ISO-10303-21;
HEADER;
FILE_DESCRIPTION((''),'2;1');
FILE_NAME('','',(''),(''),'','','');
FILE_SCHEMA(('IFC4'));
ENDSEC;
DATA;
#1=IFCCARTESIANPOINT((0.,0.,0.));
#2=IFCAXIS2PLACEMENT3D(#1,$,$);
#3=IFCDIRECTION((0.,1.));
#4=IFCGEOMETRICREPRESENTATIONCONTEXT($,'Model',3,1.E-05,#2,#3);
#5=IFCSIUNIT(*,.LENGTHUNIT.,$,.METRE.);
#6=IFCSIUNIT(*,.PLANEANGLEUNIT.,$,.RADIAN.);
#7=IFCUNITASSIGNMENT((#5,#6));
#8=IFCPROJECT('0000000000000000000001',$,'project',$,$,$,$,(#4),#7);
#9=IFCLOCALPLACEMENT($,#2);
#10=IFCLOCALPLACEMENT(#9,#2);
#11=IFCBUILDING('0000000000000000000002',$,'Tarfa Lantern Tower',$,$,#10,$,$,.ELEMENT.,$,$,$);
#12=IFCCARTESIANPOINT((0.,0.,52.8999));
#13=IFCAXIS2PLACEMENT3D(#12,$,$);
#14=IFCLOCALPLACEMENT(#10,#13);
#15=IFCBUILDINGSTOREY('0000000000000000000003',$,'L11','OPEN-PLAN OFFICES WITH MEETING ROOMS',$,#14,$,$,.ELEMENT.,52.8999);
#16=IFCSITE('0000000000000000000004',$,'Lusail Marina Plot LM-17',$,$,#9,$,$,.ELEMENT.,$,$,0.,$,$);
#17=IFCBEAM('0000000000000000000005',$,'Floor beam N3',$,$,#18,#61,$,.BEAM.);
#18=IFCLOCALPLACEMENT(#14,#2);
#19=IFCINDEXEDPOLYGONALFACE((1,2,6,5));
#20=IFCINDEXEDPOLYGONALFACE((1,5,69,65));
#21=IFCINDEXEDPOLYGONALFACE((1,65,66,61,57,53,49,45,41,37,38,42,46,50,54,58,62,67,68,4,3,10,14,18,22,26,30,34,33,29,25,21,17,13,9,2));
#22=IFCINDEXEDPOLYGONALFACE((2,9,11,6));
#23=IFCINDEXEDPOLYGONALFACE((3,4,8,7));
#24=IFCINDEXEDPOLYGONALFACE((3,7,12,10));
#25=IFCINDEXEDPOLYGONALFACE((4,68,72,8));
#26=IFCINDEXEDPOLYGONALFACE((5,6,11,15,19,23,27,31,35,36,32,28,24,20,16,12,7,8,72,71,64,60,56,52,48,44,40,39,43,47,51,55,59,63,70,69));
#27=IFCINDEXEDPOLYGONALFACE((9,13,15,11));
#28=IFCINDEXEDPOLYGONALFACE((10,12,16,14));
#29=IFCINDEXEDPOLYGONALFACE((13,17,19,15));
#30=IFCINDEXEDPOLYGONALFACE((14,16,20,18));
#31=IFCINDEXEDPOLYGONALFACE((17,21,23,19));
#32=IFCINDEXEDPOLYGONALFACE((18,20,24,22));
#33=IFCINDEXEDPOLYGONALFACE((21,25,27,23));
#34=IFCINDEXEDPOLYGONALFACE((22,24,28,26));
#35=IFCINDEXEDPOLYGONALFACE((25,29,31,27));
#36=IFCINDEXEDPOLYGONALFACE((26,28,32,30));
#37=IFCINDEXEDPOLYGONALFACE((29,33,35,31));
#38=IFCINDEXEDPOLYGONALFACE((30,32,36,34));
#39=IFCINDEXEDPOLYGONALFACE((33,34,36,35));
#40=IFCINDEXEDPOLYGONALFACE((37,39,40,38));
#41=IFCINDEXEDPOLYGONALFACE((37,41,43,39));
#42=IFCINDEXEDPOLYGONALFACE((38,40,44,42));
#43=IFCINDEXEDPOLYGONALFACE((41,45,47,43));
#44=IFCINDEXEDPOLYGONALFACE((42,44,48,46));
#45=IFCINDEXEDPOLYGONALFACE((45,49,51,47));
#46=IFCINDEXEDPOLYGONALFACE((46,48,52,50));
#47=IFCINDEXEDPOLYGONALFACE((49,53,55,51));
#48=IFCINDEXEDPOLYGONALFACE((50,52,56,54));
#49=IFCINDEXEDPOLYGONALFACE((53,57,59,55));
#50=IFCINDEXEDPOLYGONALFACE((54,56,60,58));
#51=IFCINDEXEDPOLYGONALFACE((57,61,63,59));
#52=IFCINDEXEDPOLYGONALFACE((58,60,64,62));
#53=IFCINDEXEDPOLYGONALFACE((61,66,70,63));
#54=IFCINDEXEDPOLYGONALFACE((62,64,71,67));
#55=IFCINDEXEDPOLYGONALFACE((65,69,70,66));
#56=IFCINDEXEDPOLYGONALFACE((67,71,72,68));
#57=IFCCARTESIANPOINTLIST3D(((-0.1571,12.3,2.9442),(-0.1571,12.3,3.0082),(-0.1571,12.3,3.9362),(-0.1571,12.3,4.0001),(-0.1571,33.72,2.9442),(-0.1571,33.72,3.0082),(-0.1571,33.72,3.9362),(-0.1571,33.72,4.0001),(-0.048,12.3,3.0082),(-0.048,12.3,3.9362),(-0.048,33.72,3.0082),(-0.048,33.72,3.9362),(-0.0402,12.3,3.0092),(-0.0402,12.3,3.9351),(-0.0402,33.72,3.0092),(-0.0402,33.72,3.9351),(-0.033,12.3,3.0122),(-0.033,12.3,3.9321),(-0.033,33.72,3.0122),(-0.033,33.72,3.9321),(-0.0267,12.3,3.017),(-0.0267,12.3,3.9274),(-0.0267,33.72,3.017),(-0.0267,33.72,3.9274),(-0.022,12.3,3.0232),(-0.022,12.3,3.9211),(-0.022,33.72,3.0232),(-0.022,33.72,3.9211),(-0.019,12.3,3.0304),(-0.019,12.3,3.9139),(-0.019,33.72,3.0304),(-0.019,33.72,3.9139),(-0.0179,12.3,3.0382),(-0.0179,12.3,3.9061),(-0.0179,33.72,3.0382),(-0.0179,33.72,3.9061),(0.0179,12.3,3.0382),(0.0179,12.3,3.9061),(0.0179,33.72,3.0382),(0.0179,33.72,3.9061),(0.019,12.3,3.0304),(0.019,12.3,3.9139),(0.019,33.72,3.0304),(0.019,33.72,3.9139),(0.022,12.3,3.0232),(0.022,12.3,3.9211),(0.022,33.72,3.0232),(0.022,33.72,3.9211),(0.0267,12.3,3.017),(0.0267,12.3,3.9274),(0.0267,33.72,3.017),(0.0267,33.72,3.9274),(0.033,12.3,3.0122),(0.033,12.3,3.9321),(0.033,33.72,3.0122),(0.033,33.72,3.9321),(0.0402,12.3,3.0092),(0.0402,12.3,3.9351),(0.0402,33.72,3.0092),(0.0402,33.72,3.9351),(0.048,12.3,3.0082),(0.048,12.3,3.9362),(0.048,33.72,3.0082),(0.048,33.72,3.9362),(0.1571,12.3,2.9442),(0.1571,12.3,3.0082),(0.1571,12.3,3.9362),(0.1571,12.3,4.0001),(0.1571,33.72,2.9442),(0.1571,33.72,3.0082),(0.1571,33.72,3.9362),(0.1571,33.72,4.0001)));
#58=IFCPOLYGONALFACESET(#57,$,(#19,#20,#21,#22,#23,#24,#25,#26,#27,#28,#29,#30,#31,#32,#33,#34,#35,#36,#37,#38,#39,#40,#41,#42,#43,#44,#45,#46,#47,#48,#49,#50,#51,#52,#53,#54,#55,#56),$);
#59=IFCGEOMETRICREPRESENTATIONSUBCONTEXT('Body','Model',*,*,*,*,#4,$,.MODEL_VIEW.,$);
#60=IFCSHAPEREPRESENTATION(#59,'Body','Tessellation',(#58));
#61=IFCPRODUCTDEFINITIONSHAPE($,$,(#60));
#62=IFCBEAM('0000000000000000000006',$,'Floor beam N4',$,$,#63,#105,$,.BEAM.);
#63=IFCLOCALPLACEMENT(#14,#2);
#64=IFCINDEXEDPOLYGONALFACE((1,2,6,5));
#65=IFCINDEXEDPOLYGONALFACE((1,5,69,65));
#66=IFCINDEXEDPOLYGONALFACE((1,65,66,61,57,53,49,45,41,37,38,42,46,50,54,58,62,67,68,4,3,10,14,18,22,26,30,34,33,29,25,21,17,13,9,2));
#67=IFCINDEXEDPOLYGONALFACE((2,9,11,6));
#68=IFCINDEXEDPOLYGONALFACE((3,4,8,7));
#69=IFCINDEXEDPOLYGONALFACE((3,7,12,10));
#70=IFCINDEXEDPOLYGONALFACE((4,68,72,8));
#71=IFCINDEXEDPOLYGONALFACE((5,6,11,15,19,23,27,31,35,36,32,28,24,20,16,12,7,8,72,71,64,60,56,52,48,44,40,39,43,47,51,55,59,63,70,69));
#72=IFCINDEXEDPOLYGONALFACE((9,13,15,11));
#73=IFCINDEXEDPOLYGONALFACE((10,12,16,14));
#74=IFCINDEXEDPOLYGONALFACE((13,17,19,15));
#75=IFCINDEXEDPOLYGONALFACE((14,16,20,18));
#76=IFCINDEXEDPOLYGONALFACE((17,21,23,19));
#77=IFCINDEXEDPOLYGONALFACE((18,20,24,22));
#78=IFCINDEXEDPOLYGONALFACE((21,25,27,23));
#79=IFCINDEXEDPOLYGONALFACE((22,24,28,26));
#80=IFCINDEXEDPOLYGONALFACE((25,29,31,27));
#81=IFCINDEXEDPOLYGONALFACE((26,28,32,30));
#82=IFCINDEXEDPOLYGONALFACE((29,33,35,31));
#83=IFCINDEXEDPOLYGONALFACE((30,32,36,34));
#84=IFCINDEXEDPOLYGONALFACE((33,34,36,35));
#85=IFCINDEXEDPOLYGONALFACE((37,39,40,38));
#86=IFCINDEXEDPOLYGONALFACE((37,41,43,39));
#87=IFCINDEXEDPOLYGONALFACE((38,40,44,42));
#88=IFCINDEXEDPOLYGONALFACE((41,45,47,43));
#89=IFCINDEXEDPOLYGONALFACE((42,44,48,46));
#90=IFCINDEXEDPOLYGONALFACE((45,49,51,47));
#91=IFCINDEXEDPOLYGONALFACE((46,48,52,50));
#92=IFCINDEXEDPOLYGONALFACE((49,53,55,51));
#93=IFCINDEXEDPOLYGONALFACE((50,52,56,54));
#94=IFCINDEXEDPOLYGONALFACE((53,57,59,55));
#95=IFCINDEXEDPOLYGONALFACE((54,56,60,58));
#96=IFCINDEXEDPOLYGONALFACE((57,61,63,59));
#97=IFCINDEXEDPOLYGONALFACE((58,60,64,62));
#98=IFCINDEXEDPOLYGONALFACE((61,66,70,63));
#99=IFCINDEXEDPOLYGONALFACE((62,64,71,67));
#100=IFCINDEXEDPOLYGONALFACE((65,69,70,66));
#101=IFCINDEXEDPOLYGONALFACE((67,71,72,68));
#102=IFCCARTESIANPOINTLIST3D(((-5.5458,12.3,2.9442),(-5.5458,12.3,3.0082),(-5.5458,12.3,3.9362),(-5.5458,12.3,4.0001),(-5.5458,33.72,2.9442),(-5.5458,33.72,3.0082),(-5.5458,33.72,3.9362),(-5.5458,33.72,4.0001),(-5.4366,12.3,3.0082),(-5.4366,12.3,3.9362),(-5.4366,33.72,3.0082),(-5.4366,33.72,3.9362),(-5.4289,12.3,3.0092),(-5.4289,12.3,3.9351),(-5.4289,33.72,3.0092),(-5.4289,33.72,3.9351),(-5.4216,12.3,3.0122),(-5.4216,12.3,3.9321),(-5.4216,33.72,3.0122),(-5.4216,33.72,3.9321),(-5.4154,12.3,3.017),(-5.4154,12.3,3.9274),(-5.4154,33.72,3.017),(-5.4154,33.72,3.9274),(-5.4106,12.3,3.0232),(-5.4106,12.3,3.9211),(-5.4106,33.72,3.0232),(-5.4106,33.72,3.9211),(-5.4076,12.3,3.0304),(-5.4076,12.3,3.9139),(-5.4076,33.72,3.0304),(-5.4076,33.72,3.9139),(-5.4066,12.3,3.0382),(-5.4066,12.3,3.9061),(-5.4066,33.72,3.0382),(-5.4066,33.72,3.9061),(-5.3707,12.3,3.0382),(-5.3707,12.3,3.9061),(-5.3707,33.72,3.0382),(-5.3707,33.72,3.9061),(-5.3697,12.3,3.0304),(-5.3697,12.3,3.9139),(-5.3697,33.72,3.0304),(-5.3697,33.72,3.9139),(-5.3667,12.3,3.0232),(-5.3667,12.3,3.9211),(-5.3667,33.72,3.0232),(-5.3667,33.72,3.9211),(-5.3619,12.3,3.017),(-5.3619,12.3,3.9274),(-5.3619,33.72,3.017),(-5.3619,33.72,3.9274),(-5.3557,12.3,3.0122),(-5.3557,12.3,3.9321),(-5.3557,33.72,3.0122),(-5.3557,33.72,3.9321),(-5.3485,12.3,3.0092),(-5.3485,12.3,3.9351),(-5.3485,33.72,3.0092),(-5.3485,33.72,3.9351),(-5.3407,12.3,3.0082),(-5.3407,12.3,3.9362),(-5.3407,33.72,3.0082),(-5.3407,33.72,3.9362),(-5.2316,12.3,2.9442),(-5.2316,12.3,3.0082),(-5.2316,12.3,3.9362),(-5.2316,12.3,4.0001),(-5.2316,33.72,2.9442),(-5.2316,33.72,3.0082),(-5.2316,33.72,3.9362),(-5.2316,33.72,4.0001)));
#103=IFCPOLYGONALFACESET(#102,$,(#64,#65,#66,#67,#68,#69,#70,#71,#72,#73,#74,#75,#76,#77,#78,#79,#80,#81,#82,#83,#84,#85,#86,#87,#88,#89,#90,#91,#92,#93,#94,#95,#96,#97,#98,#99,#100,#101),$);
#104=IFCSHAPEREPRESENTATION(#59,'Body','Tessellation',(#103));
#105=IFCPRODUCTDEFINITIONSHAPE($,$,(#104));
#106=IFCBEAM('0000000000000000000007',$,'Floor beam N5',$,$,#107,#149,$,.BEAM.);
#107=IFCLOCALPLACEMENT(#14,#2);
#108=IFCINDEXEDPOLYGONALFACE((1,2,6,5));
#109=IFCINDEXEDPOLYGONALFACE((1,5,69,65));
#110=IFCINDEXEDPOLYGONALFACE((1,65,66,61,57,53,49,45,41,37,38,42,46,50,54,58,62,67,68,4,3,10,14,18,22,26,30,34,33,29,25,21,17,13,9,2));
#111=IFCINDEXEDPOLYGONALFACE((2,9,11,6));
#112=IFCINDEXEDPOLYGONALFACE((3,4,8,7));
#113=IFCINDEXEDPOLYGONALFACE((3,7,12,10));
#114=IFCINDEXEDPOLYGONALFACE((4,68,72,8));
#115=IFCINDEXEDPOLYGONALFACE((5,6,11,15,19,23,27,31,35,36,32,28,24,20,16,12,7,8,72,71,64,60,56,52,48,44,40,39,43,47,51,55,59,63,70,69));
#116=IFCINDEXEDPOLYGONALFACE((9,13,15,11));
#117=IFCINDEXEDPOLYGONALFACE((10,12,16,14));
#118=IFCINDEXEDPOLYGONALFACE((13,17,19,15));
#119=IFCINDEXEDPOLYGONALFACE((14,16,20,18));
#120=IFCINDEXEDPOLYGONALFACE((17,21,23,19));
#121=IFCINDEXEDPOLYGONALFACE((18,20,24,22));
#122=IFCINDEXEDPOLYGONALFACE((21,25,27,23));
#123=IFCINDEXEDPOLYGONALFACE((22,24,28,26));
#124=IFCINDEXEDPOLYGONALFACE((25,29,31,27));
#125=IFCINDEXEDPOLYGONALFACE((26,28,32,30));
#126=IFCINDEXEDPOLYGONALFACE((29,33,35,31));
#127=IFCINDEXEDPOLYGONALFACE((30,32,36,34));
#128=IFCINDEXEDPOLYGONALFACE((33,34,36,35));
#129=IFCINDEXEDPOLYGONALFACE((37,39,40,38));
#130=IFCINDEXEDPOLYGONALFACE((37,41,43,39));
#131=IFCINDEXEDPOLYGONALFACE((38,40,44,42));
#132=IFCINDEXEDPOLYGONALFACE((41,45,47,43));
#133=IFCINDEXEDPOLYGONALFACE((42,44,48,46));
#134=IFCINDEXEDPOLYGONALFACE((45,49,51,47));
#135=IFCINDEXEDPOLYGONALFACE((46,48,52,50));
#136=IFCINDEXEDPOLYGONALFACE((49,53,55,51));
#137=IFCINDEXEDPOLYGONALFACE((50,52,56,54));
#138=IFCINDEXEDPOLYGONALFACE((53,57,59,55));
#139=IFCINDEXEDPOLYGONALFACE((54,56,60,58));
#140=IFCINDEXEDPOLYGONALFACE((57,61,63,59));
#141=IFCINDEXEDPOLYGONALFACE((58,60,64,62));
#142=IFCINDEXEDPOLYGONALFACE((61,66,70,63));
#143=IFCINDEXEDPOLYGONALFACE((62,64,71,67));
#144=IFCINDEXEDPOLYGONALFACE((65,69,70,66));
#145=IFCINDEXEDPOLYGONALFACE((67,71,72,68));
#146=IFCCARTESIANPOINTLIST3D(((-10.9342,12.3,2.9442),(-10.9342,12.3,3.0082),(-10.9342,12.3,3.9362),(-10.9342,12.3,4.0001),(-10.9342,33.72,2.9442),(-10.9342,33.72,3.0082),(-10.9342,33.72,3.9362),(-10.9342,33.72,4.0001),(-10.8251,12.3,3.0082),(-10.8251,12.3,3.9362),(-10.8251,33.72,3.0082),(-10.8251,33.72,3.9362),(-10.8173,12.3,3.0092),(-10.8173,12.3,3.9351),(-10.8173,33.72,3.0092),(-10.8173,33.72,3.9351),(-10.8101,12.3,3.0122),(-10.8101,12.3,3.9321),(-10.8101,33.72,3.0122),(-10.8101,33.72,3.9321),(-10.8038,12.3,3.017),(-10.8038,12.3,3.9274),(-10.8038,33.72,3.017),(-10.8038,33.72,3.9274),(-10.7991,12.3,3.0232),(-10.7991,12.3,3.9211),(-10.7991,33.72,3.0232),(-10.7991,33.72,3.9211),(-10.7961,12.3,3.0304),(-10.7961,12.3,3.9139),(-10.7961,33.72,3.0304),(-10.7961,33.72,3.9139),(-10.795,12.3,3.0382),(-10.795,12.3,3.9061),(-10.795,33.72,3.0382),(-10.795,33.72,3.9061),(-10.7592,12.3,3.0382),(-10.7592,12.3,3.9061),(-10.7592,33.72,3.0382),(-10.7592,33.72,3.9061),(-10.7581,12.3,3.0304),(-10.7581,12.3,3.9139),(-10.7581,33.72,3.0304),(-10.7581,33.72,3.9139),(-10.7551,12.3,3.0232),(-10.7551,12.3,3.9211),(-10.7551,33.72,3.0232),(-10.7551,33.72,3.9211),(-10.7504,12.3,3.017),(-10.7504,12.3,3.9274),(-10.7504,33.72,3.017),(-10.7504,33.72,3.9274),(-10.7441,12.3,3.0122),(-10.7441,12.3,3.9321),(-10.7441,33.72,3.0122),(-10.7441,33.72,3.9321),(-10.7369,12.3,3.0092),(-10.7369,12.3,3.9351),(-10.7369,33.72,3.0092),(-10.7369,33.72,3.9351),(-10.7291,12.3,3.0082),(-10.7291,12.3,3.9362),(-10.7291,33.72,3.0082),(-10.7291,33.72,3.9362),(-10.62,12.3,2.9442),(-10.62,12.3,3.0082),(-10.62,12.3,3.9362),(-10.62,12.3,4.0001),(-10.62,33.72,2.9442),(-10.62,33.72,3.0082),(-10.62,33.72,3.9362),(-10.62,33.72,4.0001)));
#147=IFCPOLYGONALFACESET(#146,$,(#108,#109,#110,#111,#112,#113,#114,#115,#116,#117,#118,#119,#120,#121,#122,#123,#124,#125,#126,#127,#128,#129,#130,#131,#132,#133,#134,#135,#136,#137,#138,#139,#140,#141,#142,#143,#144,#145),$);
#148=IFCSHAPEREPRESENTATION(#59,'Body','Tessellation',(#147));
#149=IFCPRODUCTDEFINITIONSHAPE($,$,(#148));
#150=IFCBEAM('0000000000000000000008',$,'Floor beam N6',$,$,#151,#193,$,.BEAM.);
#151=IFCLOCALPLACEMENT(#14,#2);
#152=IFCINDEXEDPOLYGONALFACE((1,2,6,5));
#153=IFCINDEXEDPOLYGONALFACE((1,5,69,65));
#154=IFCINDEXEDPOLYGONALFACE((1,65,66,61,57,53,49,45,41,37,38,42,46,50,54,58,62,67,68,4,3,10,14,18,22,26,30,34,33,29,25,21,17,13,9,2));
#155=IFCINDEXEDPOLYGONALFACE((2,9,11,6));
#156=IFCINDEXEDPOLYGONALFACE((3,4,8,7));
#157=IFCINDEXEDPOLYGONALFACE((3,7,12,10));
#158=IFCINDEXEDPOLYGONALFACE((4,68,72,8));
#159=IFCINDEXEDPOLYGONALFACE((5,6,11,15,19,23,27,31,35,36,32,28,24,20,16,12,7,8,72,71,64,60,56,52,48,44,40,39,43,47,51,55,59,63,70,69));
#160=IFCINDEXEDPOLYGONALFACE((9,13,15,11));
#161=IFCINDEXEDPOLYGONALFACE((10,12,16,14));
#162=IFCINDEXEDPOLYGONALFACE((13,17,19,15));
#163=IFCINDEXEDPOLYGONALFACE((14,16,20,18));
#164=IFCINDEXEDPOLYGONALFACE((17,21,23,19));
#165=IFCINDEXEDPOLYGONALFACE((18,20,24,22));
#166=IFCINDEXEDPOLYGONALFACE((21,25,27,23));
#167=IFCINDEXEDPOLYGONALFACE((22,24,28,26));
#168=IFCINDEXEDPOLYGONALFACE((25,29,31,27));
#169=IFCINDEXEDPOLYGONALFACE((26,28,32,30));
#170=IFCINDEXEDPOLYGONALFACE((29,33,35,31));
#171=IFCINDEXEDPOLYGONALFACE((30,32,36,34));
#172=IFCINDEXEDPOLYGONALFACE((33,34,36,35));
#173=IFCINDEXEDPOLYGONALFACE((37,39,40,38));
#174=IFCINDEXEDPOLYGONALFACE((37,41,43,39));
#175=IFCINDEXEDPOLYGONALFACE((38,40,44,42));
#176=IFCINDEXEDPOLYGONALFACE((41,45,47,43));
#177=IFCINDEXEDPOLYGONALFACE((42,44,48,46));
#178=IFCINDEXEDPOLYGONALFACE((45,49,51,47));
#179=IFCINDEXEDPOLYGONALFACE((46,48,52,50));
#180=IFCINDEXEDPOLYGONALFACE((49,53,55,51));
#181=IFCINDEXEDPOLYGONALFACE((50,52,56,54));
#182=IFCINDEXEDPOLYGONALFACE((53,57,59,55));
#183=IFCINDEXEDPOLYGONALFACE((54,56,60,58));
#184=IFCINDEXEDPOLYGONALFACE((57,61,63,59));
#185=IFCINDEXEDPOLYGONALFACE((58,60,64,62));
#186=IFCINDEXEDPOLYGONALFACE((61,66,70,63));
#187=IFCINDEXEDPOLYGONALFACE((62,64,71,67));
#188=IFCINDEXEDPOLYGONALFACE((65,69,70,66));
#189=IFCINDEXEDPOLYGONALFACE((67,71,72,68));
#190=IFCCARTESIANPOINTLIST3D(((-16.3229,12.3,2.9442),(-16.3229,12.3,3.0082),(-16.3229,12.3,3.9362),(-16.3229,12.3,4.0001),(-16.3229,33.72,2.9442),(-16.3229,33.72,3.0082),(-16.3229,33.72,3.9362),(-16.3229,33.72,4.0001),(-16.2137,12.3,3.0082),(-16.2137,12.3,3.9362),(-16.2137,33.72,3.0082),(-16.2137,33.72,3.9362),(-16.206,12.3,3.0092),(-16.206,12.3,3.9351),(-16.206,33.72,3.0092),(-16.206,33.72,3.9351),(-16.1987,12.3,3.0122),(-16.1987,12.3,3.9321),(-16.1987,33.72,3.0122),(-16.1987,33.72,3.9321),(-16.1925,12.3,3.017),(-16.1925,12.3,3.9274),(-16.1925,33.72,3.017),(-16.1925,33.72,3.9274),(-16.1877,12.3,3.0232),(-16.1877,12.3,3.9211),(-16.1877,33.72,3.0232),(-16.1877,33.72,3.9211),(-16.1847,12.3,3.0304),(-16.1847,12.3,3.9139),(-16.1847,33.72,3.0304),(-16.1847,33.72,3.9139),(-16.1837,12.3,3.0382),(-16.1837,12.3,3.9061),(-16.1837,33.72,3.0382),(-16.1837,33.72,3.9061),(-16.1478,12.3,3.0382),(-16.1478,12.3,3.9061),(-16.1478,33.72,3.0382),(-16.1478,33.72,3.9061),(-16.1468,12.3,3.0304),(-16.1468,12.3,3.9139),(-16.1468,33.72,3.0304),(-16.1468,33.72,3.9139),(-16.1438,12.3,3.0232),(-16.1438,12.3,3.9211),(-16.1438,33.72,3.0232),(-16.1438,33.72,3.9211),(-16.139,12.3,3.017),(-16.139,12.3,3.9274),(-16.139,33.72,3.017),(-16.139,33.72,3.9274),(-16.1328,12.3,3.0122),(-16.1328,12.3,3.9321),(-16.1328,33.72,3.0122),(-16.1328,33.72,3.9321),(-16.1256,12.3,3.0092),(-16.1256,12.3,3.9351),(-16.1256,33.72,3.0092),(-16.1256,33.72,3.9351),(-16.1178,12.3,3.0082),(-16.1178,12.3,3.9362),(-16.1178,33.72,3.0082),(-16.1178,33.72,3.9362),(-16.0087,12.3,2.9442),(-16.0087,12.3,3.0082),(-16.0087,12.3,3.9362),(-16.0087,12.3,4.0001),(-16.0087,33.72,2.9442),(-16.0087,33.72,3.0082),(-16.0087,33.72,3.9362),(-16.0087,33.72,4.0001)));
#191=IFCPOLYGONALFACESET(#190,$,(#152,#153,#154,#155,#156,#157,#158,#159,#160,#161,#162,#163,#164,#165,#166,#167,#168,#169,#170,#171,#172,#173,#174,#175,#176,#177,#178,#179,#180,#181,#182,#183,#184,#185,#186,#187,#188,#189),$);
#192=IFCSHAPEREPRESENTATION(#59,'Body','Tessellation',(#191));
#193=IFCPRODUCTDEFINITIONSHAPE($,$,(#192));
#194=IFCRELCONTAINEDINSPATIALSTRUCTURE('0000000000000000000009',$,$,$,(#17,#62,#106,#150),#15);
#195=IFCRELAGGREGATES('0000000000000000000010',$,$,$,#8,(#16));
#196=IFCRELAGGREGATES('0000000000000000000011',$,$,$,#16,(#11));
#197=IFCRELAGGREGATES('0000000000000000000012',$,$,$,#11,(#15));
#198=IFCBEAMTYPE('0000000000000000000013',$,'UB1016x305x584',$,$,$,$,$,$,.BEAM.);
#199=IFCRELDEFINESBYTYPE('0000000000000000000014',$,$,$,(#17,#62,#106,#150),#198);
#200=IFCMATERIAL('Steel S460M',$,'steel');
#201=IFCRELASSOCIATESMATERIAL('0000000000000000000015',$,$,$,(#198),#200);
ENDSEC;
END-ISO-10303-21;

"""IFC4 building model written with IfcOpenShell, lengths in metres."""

from ifc_helpers import new_model, si_unit, direction, frame, origin, origin_2d, place, context, subcontext, project, spatial, i_section, extrude, material, material_profile, profile_set, type_object, element, save


model = new_model("IFC4")

# Units and contexts
model_context = context("Model", 3, precision=1e-05, world=origin(), true_north=direction((0.0, 1.0)))
body_context = subcontext(model_context, "Body", "Model", "MODEL_VIEW")
ifc_project = project(units=[si_unit("LENGTHUNIT", "METRE"), si_unit("PLANEANGLEUNIT", "RADIAN")], contexts=[model_context])

# Site, building, storey
site_placement = place(None, origin())
site = spatial("IfcSite", under=ifc_project, at=site_placement, Name="Lusail Marina Plot LM-17", CompositionType="ELEMENT", RefElevation=0.0)
building_placement = place(site_placement, origin())
building = spatial("IfcBuilding", under=site, at=building_placement, Name="Tarfa Lantern Tower", CompositionType="ELEMENT")
storey_placement = place(building_placement, frame((0.0, 0.0, 52.8999)))
storey = spatial("IfcBuildingStorey", under=building, at=storey_placement, Name="L11", Description="OPEN-PLAN OFFICES WITH MEETING ROOMS", CompositionType="ELEMENT", Elevation=52.8999)

# Beams
ifc_material_1 = material(Name="Steel S460M", Category="steel")
ifc_material_profile_1 = material_profile(ifc_material_1, i_section(OverallWidth=0.3142, OverallDepth=1.0559, WebThickness=0.0359, FlangeThickness=0.064, FilletRadius=0.03, at=origin_2d()), Name="UB1016x305x584")
ifc_profile_set_1 = profile_set([ifc_material_profile_1], Name="Steel S460M")
beam_type_1 = type_object("IfcBeamType", Name="UB1016x305x584", PredefinedType="BEAM", material=ifc_profile_set_1)
for number, where, z_axis, x_axis, name in (
    (1, (0.0, 33.72, 3.4722), (0.0, -1.0, 0.0), (1.0, 0.0, 0.0), "Floor beam N3"),
    (2, (-5.3887, 33.72, 3.4722), (0.0, -1.0, 0.0), (1.0, 0.0, 0.0), "Floor beam N4"),
    (3, (-10.7771, 33.72, 3.4722), (0.0, -1.0, 0.0), (1.0, 0.0, 0.0), "Floor beam N5"),
    (4, (-16.1658, 33.72, 3.4722), (0.0, -1.0, 0.0), (1.0, 0.0, 0.0), "Floor beam N6"),
):
    element("IfcBeam", number, at=place(storey_placement, frame(where, z_axis=z_axis, x_axis=x_axis)), inside=storey, type_object=beam_type_1, Name=name, PredefinedType="BEAM", context=body_context, shape_type="SweptSolid", body=[
        extrude(i_section(OverallWidth=0.3142, OverallDepth=1.0559, WebThickness=0.0359, FlangeThickness=0.064, FilletRadius=0.03, at=origin_2d()), origin(), (0.0, 0.0, 1.0), 21.4199),
    ])

save(model, "model.ifc")
